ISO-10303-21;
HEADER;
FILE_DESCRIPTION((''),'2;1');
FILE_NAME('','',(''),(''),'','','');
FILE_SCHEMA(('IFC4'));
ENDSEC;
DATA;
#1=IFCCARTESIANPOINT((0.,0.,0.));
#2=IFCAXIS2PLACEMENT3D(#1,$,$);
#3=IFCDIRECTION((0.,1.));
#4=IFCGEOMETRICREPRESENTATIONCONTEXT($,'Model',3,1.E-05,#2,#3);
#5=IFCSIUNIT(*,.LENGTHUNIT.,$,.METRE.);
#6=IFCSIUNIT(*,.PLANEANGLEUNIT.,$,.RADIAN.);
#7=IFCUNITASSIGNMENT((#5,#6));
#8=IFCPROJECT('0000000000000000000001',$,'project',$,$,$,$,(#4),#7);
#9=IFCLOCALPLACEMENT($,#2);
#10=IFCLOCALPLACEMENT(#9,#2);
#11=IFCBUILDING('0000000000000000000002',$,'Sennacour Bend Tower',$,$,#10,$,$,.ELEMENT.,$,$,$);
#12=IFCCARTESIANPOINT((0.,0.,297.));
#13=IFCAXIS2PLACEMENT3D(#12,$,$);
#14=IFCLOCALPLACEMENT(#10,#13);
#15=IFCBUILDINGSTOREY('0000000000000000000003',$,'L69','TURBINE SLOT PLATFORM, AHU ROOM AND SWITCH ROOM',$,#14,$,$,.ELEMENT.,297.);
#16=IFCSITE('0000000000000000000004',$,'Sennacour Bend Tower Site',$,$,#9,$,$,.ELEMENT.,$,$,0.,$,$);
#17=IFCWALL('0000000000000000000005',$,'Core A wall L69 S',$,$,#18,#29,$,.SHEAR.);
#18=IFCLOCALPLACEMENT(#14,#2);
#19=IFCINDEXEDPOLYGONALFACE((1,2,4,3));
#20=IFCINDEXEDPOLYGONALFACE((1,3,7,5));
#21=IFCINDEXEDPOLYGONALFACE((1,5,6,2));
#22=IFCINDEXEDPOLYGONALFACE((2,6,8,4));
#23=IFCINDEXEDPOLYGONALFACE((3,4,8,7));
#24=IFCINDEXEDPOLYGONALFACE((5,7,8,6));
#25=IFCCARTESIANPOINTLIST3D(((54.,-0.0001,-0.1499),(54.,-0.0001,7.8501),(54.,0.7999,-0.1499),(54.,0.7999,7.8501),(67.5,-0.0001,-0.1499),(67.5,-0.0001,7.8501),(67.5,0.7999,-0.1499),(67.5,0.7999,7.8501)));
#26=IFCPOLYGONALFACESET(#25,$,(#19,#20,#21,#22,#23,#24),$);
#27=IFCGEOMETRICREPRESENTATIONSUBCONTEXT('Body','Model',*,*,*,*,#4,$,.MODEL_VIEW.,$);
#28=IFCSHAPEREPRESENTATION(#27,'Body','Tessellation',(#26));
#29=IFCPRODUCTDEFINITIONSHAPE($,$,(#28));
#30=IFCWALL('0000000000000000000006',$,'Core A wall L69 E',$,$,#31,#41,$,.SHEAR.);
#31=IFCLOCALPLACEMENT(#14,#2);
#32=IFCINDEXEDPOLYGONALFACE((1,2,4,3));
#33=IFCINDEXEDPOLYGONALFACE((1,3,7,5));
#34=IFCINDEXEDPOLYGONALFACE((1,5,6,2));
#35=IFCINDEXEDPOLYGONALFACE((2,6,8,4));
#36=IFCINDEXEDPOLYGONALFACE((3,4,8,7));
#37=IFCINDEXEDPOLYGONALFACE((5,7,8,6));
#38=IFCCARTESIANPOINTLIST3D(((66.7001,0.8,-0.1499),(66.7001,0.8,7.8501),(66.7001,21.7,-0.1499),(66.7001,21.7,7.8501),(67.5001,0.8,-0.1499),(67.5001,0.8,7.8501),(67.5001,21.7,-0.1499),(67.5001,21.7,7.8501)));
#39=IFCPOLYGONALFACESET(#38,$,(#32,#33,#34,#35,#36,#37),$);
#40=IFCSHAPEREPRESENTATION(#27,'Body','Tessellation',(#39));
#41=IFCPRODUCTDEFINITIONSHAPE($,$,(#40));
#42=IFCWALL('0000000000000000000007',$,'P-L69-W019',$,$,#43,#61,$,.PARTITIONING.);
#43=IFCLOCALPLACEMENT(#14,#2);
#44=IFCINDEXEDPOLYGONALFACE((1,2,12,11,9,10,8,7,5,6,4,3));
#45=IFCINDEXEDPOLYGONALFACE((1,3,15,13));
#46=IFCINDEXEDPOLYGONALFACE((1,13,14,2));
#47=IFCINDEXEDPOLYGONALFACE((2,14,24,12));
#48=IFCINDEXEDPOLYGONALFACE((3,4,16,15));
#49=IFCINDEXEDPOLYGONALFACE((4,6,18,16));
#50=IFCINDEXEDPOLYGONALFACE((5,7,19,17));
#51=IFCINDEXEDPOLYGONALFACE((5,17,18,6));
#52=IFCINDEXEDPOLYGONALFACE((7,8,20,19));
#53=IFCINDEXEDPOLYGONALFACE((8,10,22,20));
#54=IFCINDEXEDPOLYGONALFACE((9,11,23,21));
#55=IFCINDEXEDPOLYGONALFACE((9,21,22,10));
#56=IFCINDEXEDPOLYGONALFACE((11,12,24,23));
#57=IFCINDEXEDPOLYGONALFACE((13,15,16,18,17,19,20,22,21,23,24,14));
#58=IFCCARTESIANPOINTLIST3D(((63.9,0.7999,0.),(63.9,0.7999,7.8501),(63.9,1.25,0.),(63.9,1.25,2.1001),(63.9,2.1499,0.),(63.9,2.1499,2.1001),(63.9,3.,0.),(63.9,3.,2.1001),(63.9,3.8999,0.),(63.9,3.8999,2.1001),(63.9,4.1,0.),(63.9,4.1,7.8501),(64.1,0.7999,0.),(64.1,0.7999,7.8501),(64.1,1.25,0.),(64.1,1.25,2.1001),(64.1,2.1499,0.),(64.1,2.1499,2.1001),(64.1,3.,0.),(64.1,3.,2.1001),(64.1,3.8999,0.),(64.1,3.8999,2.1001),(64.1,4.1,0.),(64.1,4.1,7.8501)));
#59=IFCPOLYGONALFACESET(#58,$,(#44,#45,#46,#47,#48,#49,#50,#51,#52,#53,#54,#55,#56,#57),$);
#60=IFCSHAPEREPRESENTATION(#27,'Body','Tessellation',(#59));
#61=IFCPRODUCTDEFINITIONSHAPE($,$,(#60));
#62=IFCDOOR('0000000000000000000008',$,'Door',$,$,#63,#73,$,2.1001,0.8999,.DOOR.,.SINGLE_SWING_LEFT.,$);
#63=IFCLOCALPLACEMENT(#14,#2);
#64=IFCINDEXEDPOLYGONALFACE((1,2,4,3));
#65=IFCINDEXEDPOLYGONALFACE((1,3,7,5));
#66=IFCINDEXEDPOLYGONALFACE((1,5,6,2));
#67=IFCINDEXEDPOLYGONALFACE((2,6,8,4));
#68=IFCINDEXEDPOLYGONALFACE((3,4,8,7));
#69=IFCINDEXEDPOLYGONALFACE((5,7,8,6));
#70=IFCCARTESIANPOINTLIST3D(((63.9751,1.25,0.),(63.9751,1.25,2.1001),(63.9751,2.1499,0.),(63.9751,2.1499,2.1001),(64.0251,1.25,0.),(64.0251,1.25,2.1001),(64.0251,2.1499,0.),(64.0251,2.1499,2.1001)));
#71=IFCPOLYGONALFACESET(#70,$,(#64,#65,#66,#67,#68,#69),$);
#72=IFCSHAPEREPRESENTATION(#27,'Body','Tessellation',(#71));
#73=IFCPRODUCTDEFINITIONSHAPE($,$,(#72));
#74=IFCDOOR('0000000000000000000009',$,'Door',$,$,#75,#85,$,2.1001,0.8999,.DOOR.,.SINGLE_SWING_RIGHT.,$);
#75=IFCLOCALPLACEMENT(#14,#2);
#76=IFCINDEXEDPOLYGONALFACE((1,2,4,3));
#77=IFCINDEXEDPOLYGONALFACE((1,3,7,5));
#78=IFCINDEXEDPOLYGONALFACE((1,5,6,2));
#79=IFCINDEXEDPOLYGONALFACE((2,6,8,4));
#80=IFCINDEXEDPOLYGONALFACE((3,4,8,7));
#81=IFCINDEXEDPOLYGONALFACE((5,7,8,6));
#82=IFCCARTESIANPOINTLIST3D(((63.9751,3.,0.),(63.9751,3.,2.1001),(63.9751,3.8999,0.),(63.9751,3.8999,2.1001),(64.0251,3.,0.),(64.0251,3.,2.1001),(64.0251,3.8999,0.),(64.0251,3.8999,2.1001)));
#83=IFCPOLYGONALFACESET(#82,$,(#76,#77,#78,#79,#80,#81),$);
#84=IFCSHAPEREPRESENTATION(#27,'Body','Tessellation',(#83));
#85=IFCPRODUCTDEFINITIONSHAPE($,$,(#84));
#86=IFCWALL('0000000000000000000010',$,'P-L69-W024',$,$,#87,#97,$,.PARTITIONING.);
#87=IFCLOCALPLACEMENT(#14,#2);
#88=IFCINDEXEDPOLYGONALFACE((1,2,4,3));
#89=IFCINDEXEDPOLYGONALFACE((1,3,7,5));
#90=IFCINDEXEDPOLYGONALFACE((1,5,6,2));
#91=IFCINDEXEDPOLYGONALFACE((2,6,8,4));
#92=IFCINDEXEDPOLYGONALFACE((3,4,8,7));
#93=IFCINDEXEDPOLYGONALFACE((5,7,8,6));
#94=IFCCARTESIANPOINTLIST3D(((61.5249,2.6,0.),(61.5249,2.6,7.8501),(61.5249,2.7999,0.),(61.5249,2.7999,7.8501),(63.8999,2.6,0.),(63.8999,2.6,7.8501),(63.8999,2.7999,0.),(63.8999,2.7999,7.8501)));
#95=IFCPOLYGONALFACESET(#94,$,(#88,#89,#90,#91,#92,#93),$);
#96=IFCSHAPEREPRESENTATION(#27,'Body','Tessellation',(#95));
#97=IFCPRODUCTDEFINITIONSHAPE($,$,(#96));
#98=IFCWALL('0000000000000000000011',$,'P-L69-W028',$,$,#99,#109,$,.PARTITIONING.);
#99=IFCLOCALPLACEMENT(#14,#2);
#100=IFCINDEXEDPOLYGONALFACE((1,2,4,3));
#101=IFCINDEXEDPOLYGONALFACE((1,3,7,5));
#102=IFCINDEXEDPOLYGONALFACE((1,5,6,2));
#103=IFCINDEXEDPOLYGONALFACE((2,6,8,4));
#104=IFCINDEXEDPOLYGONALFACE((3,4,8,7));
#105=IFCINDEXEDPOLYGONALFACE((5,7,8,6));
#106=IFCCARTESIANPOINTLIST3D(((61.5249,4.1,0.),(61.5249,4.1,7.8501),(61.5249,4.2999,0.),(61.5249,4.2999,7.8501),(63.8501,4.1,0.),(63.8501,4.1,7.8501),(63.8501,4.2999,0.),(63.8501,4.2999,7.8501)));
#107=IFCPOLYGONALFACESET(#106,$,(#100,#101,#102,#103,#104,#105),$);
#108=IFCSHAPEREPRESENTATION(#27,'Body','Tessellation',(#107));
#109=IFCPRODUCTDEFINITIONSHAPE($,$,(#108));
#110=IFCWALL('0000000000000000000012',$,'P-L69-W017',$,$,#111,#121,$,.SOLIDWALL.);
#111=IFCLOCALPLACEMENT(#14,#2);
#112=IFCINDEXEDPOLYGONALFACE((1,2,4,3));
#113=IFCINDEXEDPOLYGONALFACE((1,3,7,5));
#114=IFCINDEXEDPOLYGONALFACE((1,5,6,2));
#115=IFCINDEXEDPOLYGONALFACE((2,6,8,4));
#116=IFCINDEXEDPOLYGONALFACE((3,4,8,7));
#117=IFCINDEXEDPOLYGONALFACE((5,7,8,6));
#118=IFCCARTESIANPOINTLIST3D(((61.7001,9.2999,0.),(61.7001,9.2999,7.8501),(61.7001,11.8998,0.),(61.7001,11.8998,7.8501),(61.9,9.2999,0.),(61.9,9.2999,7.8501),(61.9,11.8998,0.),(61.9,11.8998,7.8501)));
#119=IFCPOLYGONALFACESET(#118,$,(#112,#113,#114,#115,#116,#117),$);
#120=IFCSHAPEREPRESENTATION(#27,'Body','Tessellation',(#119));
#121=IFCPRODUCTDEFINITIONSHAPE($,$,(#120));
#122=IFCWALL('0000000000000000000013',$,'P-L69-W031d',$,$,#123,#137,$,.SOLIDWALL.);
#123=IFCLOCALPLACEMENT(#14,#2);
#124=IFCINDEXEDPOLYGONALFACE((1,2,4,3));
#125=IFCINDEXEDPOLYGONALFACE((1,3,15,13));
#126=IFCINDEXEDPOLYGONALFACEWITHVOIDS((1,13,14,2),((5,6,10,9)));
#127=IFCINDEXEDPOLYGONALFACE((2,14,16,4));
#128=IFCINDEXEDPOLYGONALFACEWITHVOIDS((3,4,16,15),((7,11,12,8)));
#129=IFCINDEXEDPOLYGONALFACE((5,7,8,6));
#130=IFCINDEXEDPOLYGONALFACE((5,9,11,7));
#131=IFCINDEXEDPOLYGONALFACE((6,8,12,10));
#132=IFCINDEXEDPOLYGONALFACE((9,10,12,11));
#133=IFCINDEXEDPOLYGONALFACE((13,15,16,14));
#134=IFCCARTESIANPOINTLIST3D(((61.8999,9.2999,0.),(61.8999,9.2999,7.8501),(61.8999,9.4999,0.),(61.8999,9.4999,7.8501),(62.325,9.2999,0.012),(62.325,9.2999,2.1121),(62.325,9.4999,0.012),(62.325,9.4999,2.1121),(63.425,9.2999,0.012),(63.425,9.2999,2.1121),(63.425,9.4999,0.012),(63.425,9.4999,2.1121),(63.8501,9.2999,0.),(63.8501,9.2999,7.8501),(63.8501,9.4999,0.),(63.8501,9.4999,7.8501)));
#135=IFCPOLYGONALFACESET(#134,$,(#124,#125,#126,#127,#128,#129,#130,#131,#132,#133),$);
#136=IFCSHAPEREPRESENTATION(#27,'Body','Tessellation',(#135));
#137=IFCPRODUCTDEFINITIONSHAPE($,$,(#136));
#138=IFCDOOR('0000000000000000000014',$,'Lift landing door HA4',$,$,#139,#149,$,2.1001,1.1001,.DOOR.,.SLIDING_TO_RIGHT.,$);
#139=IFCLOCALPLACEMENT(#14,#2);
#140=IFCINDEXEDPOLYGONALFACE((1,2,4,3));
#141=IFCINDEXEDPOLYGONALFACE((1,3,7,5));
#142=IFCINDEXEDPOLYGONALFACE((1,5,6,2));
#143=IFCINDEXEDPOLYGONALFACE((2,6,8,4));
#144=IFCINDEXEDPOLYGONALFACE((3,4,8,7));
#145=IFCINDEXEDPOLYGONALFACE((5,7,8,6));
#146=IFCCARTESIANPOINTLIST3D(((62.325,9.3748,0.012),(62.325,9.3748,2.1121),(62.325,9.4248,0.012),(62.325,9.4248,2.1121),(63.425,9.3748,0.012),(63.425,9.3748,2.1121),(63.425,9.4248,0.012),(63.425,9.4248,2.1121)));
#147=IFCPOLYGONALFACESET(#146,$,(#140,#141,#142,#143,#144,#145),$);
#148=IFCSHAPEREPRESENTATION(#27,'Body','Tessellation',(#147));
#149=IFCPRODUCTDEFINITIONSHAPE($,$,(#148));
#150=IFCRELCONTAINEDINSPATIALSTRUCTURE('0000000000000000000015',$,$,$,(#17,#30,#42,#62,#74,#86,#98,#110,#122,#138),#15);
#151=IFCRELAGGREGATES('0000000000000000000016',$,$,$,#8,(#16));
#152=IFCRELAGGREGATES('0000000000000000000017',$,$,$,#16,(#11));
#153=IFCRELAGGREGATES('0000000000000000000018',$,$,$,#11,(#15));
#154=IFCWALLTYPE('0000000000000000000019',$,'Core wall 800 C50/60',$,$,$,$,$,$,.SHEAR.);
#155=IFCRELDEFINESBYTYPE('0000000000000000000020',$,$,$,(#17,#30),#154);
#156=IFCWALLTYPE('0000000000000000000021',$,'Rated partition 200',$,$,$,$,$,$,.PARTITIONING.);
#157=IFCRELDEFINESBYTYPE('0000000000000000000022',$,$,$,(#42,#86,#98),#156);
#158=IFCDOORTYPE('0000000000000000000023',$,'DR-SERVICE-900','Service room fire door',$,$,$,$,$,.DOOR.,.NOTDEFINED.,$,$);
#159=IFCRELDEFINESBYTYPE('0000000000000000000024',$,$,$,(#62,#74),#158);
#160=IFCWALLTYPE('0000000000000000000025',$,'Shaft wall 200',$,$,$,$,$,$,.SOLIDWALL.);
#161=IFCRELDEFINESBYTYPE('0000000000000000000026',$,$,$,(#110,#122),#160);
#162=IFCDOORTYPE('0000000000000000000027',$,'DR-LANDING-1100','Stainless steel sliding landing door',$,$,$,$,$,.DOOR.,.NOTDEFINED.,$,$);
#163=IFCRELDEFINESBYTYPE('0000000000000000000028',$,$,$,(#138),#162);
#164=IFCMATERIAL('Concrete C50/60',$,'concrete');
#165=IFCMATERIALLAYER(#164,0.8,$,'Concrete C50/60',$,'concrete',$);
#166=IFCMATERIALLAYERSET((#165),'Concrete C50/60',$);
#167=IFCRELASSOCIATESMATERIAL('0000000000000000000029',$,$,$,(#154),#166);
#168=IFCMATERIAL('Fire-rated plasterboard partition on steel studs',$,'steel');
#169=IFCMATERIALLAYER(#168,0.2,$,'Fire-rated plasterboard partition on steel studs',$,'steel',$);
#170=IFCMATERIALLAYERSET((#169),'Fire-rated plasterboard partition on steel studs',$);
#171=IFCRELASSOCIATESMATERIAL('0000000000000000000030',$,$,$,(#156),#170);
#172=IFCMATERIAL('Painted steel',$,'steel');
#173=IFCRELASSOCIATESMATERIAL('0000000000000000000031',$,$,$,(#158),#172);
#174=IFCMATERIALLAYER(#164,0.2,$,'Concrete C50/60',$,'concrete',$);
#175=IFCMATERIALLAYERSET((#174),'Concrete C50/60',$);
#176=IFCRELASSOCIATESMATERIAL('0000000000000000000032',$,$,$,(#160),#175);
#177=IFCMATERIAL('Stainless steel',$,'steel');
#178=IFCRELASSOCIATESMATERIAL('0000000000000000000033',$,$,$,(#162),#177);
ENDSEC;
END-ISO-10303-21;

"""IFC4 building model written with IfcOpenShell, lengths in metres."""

from ifc_helpers import new_model, si_unit, direction, frame, frame_2d, origin, place, context, subcontext, project, spatial, rectangle, extrude, material, layer, layer_set, type_object, element, fill, save


model = new_model("IFC4")

# Units and contexts
model_context = context("Model", 3, precision=1e-05, world=origin(), true_north=direction((0.0, 1.0)))
body_context = subcontext(model_context, "Body", "Model", "MODEL_VIEW")
ifc_project = project(units=[si_unit("LENGTHUNIT", "METRE"), si_unit("PLANEANGLEUNIT", "RADIAN")], contexts=[model_context])

# Site, building, storey
site_placement = place(None, origin())
site = spatial("IfcSite", under=ifc_project, at=site_placement, Name="Sennacour Bend Tower Site", CompositionType="ELEMENT", RefElevation=0.0)
building_placement = place(site_placement, origin())
building = spatial("IfcBuilding", under=site, at=building_placement, Name="Sennacour Bend Tower", CompositionType="ELEMENT")
storey_placement = place(building_placement, frame((0.0, 0.0, 297.0)))
storey = spatial("IfcBuildingStorey", under=building, at=storey_placement, Name="L69", Description="TURBINE SLOT PLATFORM, AHU ROOM AND SWITCH ROOM", CompositionType="ELEMENT", Elevation=297.0)

# Walls
ifc_material_1 = material(Name="Concrete C50/60", Category="concrete")
ifc_layer_1 = layer(ifc_material_1, 0.8, Name="Concrete C50/60", Category="concrete")
ifc_layer_set_1 = layer_set([ifc_layer_1], Name="Concrete C50/60")
wall_type_1 = type_object("IfcWallType", Name="Core wall 800 C50/60", PredefinedType="SHEAR", material=ifc_layer_set_1)
wall_1_placement = place(storey_placement, frame((67.5, 0.3999, -0.1499), z_axis=(0.0, 0.0, 1.0), x_axis=(-1.0, 0.0, 0.0)))
element("IfcWall", 1, at=wall_1_placement, inside=storey, type_object=wall_type_1, Name="Core A wall L69 S", PredefinedType="SHEAR", context=body_context, shape_type="SweptSolid", body=[
    extrude(rectangle(XDim=13.5, YDim=0.8, at=frame_2d((6.75, 0.0))), origin(), (0.0, 0.0, 1.0), 8.0),
])
wall_2_placement = place(storey_placement, frame((67.1001, 0.8, -0.1499), z_axis=(0.0, 0.0, 1.0), x_axis=(0.0, 1.0, 0.0)))
element("IfcWall", 2, at=wall_2_placement, inside=storey, type_object=wall_type_1, Name="Core A wall L69 E", PredefinedType="SHEAR", context=body_context, shape_type="SweptSolid", body=[
    extrude(rectangle(XDim=20.8999, YDim=0.8, at=frame_2d((10.45, 0.0))), origin(), (0.0, 0.0, 1.0), 8.0),
])

# Wall, openings, doors
ifc_material_2 = material(Name="Fire-rated plasterboard partition on steel studs", Category="steel")
ifc_layer_2 = layer(ifc_material_2, 0.2, Name="Fire-rated plasterboard partition on steel studs", Category="steel")
ifc_layer_set_2 = layer_set([ifc_layer_2], Name="Fire-rated plasterboard partition on steel studs")
wall_type_2 = type_object("IfcWallType", Name="Rated partition 200", PredefinedType="PARTITIONING", material=ifc_layer_set_2)
wall_3_placement = place(storey_placement, frame((64.0, 0.8, 0.0), z_axis=(0.0, 0.0, 1.0), x_axis=(0.0, 1.0, 0.0)))
wall_3 = element("IfcWall", 3, at=wall_3_placement, inside=storey, type_object=wall_type_2, Name="P-L69-W019", PredefinedType="PARTITIONING", context=body_context, shape_type="SweptSolid", body=[
    extrude(rectangle(XDim=3.3, YDim=0.2, at=frame_2d((1.6499, 0.0))), origin(), (0.0, 0.0, 1.0), 7.8501),
])
opening_1_placement = place(wall_3_placement, frame((0.45, 0.0, 0.0)))
opening_1 = element("IfcOpeningElement", 4, at=opening_1_placement, cuts=wall_3, PredefinedType="OPENING", context=body_context, shape_type="SweptSolid", body=[
    extrude(rectangle(XDim=0.8999, YDim=2.1001, at=frame_2d((0.45, 1.05))), frame((0.0, 0.1099, 0.0), z_axis=(0.0, -1.0, 0.0), x_axis=(1.0, 0.0, 0.0)), (0.0, 0.0, 1.0), 0.22),
])
opening_2_placement = place(wall_3_placement, frame((2.2, 0.0, 0.0)))
opening_2 = element("IfcOpeningElement", 5, at=opening_2_placement, cuts=wall_3, PredefinedType="OPENING", context=body_context, shape_type="SweptSolid", body=[
    extrude(rectangle(XDim=0.8999, YDim=2.1001, at=frame_2d((0.45, 1.05))), frame((0.0, 0.1099, 0.0), z_axis=(0.0, -1.0, 0.0), x_axis=(1.0, 0.0, 0.0)), (0.0, 0.0, 1.0), 0.22),
])
ifc_material_3 = material(Name="Painted steel", Category="steel")
door_type_1 = type_object("IfcDoorType", Name="DR-SERVICE-900", Description="Service room fire door", OperationType="NOTDEFINED", PredefinedType="DOOR", material=ifc_material_3)
door_1_placement = place(opening_1_placement, origin())
door_1 = element("IfcDoor", 6, at=door_1_placement, inside=storey, type_object=door_type_1, Name="Door", OperationType="SINGLE_SWING_LEFT", OverallHeight=2.1001, OverallWidth=0.8999, PredefinedType="DOOR", context=body_context, shape_type="SweptSolid", body=[
    extrude(rectangle(XDim=0.8999, YDim=2.1001, at=frame_2d((0.45, 1.05))), frame((0.0, 0.0249, 0.0), z_axis=(0.0, -1.0, 0.0), x_axis=(1.0, 0.0, 0.0)), (0.0, 0.0, 1.0), 0.05),
])
fill(opening_1, door_1)
door_2_placement = place(opening_2_placement, origin())
door_2 = element("IfcDoor", 7, at=door_2_placement, inside=storey, type_object=door_type_1, Name="Door", OperationType="SINGLE_SWING_RIGHT", OverallHeight=2.1001, OverallWidth=0.8999, PredefinedType="DOOR", context=body_context, shape_type="SweptSolid", body=[
    extrude(rectangle(XDim=0.8999, YDim=2.1001, at=frame_2d((0.45, 1.05))), frame((0.0, 0.0249, 0.0), z_axis=(0.0, -1.0, 0.0), x_axis=(1.0, 0.0, 0.0)), (0.0, 0.0, 1.0), 0.05),
])
fill(opening_2, door_2)

# Walls
wall_4_placement = place(storey_placement, frame((61.5249, 2.7, 0.0), z_axis=(0.0, 0.0, 1.0), x_axis=(1.0, 0.0, 0.0)))
element("IfcWall", 8, at=wall_4_placement, inside=storey, type_object=wall_type_2, Name="P-L69-W024", PredefinedType="PARTITIONING", context=body_context, shape_type="SweptSolid", body=[
    extrude(rectangle(XDim=2.375, YDim=0.2, at=frame_2d((1.1875, 0.0))), origin(), (0.0, 0.0, 1.0), 7.8501),
])
wall_5_placement = place(storey_placement, frame((61.5249, 4.2, 0.0), z_axis=(0.0, 0.0, 1.0), x_axis=(1.0, 0.0, 0.0)))
element("IfcWall", 9, at=wall_5_placement, inside=storey, type_object=wall_type_2, Name="P-L69-W028", PredefinedType="PARTITIONING", context=body_context, shape_type="SweptSolid", body=[
    extrude(rectangle(XDim=2.3252, YDim=0.2, at=frame_2d((1.1626, 0.0))), origin(), (0.0, 0.0, 1.0), 7.8501),
])
ifc_layer_3 = layer(ifc_material_1, 0.2, Name="Concrete C50/60", Category="concrete")
ifc_layer_set_3 = layer_set([ifc_layer_3], Name="Concrete C50/60")
wall_type_3 = type_object("IfcWallType", Name="Shaft wall 200", PredefinedType="SOLIDWALL", material=ifc_layer_set_3)
wall_6_placement = place(storey_placement, frame((61.8, 9.3, 0.0), z_axis=(0.0, 0.0, 1.0), x_axis=(0.0, 1.0, 0.0)))
element("IfcWall", 10, at=wall_6_placement, inside=storey, type_object=wall_type_3, Name="P-L69-W017", PredefinedType="SOLIDWALL", context=body_context, shape_type="SweptSolid", body=[
    extrude(rectangle(XDim=2.5999, YDim=0.2, at=frame_2d((1.2998, 0.0))), origin(), (0.0, 0.0, 1.0), 7.8501),
])

# Wall, opening, door
wall_7_placement = place(storey_placement, frame((61.8999, 9.3999, 0.0), z_axis=(0.0, 0.0, 1.0), x_axis=(1.0, 0.0, 0.0)))
wall_7 = element("IfcWall", 11, at=wall_7_placement, inside=storey, type_object=wall_type_3, Name="P-L69-W031d", PredefinedType="SOLIDWALL", context=body_context, shape_type="SweptSolid", body=[
    extrude(rectangle(XDim=1.9502, YDim=0.2, at=frame_2d((0.9751, 0.0))), origin(), (0.0, 0.0, 1.0), 7.8501),
])
opening_3_placement = place(wall_7_placement, frame((0.425, 0.0, 0.012)))
opening_3 = element("IfcOpeningElement", 12, at=opening_3_placement, cuts=wall_7, PredefinedType="OPENING", context=body_context, shape_type="SweptSolid", body=[
    extrude(rectangle(XDim=1.1001, YDim=2.1001, at=frame_2d((0.55, 1.05))), frame((0.0, 0.1099, 0.0), z_axis=(0.0, -1.0, 0.0), x_axis=(1.0, 0.0, 0.0)), (0.0, 0.0, 1.0), 0.22),
])
ifc_material_4 = material(Name="Stainless steel", Category="steel")
door_type_2 = type_object("IfcDoorType", Name="DR-LANDING-1100", Description="Stainless steel sliding landing door", OperationType="NOTDEFINED", PredefinedType="DOOR", material=ifc_material_4)
door_3_placement = place(opening_3_placement, origin())
door_3 = element("IfcDoor", 13, at=door_3_placement, inside=storey, type_object=door_type_2, Name="Lift landing door HA4", OperationType="SLIDING_TO_RIGHT", OverallHeight=2.1001, OverallWidth=1.1001, PredefinedType="DOOR", context=body_context, shape_type="SweptSolid", body=[
    extrude(rectangle(XDim=1.1001, YDim=2.1001, at=frame_2d((0.55, 1.05))), frame((0.0, 0.0249, 0.0), z_axis=(0.0, -1.0, 0.0), x_axis=(1.0, 0.0, 0.0)), (0.0, 0.0, 1.0), 0.05),
])
fill(opening_3, door_3)

save(model, "model.ifc")
